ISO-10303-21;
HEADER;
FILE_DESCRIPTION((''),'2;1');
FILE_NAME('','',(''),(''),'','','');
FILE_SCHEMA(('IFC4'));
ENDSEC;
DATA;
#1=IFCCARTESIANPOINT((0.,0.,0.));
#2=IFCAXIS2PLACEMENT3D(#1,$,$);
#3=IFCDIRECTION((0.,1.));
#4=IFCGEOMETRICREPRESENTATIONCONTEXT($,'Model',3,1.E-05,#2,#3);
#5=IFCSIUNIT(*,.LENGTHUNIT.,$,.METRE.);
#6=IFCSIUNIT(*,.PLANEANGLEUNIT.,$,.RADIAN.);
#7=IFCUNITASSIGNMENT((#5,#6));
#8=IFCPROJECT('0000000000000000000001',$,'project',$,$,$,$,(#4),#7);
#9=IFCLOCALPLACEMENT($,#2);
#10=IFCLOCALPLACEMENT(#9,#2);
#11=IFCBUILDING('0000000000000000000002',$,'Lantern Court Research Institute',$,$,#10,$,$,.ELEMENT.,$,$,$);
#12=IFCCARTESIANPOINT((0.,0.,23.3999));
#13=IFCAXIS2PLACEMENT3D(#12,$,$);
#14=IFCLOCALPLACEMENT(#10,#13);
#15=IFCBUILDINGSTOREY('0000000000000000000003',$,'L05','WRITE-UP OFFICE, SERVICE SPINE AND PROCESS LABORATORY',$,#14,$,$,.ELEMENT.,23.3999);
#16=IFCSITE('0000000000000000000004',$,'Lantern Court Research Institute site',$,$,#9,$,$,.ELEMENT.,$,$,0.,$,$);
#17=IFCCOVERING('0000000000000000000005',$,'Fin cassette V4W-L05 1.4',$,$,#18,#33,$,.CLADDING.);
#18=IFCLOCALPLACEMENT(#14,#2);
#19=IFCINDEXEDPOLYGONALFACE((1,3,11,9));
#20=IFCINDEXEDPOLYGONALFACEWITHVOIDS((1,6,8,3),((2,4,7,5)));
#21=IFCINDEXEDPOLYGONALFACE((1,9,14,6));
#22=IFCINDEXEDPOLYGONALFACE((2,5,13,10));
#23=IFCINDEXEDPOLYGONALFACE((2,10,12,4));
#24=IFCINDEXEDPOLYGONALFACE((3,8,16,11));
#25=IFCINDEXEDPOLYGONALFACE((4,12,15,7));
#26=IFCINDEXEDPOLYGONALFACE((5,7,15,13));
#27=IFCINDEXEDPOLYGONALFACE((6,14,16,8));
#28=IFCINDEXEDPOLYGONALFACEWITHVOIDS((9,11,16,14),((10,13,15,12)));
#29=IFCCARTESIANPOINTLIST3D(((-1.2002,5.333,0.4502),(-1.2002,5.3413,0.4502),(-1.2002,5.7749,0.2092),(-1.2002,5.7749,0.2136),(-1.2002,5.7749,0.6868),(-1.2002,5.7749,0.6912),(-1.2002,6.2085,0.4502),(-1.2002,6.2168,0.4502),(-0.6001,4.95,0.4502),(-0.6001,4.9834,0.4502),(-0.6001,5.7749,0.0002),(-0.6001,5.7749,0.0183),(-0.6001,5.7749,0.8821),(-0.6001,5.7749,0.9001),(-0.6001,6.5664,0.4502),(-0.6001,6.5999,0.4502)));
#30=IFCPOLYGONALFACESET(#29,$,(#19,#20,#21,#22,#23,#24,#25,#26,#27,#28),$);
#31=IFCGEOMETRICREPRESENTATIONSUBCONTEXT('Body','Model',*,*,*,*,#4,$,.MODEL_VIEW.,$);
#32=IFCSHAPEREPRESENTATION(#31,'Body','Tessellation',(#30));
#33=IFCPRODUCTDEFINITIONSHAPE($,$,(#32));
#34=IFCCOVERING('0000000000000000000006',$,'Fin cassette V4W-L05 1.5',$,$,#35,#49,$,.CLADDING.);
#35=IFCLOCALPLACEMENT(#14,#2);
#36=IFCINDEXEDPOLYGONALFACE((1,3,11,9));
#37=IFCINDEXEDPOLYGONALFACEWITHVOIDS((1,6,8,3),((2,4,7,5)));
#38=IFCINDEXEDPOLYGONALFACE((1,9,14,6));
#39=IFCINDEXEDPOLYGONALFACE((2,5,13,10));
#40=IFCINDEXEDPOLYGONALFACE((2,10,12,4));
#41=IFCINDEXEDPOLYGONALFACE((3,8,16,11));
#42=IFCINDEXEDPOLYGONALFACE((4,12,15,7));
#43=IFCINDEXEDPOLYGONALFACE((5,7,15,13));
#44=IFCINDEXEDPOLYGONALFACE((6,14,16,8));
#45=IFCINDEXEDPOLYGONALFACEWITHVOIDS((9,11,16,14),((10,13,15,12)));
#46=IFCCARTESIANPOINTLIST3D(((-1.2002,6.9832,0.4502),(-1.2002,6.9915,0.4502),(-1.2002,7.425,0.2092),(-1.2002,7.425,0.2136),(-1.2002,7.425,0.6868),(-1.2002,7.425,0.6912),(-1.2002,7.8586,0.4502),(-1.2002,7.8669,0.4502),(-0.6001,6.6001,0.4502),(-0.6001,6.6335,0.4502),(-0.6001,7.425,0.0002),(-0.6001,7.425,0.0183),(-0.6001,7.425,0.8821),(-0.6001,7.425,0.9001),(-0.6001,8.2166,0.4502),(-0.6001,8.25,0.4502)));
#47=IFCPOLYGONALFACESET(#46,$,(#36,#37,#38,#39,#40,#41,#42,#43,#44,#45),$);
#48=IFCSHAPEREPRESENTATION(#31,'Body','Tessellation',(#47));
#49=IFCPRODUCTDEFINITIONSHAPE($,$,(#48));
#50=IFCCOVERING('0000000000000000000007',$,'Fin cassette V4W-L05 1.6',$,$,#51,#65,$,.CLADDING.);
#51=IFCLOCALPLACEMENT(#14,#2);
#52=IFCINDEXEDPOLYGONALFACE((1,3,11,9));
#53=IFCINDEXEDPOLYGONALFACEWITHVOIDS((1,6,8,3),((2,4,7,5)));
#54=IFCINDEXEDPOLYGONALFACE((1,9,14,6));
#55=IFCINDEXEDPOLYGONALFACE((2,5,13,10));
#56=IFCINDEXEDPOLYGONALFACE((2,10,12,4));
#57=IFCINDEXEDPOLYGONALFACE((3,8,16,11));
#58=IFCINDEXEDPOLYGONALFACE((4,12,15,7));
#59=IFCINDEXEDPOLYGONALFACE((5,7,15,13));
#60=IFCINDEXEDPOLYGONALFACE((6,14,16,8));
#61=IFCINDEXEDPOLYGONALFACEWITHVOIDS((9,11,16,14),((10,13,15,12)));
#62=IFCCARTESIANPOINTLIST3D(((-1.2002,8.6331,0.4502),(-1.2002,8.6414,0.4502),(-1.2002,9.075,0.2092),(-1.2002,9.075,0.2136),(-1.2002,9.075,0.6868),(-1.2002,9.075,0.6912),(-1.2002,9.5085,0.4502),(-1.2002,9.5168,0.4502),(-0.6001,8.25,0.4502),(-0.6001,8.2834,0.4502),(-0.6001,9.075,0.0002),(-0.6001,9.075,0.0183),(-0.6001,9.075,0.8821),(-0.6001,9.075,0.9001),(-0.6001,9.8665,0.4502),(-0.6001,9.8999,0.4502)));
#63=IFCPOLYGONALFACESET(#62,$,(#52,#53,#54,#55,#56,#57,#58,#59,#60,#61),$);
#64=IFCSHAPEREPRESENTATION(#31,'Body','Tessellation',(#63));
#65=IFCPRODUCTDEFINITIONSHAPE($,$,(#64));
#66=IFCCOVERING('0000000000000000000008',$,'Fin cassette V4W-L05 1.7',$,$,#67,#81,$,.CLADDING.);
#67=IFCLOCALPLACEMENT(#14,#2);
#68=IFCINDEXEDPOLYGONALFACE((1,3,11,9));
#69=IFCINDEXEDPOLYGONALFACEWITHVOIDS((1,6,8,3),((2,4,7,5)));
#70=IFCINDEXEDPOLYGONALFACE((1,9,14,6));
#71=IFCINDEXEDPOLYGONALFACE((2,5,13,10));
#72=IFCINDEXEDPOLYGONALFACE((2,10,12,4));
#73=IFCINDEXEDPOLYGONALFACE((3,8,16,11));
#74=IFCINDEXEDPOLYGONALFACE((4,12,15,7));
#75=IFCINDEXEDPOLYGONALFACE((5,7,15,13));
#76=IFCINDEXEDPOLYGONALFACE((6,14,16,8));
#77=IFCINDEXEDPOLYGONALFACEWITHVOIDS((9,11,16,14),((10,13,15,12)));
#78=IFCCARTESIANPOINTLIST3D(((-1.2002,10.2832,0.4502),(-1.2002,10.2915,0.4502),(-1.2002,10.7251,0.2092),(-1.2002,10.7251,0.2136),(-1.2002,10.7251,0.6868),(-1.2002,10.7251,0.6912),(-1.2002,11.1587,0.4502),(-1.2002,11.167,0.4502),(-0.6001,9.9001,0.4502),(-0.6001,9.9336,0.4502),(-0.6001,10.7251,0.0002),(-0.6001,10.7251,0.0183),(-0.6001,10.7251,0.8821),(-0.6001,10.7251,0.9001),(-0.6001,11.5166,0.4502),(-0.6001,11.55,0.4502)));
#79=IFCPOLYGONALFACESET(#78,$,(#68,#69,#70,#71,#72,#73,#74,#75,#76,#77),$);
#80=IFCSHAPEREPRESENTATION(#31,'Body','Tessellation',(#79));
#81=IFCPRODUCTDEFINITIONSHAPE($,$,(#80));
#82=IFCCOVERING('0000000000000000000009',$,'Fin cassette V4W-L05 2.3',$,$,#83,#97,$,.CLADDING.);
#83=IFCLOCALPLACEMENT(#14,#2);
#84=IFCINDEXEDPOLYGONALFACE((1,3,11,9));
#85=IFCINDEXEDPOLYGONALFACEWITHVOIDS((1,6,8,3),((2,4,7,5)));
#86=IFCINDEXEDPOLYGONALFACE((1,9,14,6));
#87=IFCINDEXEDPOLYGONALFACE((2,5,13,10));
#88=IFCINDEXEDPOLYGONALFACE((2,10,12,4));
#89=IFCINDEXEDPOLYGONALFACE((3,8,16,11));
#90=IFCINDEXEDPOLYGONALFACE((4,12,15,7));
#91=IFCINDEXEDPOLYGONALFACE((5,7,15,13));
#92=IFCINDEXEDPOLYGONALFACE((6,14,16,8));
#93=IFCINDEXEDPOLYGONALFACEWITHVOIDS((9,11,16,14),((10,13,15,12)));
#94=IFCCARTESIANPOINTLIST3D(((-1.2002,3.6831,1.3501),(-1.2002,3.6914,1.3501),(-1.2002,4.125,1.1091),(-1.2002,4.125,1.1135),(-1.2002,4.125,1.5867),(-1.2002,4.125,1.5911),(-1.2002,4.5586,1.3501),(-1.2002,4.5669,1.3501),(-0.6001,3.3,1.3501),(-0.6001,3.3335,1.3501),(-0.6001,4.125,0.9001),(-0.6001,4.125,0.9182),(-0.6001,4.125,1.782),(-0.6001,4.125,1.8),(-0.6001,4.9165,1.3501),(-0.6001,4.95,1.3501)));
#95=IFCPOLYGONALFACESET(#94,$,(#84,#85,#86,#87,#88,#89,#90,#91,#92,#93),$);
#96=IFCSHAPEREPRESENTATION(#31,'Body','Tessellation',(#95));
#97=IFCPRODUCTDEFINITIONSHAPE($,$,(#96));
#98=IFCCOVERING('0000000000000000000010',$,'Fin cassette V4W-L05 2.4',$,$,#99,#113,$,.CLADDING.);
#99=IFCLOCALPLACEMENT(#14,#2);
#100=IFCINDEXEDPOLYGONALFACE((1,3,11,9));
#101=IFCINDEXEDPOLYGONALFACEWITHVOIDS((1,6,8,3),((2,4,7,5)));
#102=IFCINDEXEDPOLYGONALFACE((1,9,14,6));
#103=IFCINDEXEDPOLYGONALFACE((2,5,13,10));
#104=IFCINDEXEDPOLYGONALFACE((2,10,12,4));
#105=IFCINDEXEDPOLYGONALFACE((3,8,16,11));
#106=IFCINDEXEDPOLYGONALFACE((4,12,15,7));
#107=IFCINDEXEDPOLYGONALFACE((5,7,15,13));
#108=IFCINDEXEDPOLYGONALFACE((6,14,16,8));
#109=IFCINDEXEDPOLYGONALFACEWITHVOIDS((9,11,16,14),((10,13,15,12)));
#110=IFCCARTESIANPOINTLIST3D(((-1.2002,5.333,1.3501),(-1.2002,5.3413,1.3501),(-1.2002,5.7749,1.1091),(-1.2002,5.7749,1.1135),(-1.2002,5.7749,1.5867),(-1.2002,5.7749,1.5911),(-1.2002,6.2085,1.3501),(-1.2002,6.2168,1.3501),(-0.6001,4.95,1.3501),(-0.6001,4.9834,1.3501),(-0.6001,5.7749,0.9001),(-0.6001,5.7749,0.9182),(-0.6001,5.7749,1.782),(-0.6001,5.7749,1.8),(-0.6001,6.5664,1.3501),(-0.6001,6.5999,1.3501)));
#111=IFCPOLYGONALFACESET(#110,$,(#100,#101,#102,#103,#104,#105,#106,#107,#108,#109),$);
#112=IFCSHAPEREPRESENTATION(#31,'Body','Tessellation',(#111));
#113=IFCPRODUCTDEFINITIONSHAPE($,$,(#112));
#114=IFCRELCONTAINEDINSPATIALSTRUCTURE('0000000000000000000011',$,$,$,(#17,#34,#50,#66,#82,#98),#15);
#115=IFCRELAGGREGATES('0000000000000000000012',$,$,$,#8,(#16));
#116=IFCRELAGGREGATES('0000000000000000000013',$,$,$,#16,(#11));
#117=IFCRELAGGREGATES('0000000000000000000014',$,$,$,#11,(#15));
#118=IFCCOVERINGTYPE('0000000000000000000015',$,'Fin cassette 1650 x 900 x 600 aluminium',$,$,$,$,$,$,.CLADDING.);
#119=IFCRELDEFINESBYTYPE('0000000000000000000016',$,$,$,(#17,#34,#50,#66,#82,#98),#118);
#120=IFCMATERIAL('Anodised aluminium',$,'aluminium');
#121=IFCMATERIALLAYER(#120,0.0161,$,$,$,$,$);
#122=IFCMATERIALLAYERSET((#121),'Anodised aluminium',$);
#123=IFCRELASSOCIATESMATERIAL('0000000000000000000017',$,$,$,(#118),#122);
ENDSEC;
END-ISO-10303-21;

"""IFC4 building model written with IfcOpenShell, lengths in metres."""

from ifc_helpers import new_model, entity, si_unit, direction, frame, origin, place, context, subcontext, project, spatial, material, layer, layer_set, type_object, element, save


model = new_model("IFC4")

# Units and contexts
model_context = context("Model", 3, precision=1e-05, world=origin(), true_north=direction((0.0, 1.0)))
body_context = subcontext(model_context, "Body", "Model", "MODEL_VIEW")
ifc_project = project(units=[si_unit("LENGTHUNIT", "METRE"), si_unit("PLANEANGLEUNIT", "RADIAN")], contexts=[model_context])

# Site, building, storey
site_placement = place(None, origin())
site = spatial("IfcSite", under=ifc_project, at=site_placement, Name="Lantern Court Research Institute site", CompositionType="ELEMENT", RefElevation=0.0)
building_placement = place(site_placement, origin())
building = spatial("IfcBuilding", under=site, at=building_placement, Name="Lantern Court Research Institute", CompositionType="ELEMENT")
storey_placement = place(building_placement, frame((0.0, 0.0, 23.3999)))
storey = spatial("IfcBuildingStorey", under=building, at=storey_placement, Name="L05", Description="WRITE-UP OFFICE, SERVICE SPINE AND PROCESS LABORATORY", CompositionType="ELEMENT", Elevation=23.3999)

# Coverings
ifc_material_1 = material(Name="Anodised aluminium", Category="aluminium")
ifc_layer_1 = layer(ifc_material_1, 0.0161)
ifc_layer_set_1 = layer_set([ifc_layer_1], Name="Anodised aluminium")
covering_type = type_object("IfcCoveringType", Name="Fin cassette 1650 x 900 x 600 aluminium", PredefinedType="CLADDING", material=ifc_layer_set_1)
covering_1_placement = place(storey_placement, frame((-0.6001, 5.7749, 0.4502), z_axis=(-1.0, 0.0, 0.0), x_axis=(0.0, -1.0, 0.0)))
cartesian_point_1 = entity("IfcCartesianPoint", [0.825, 0.0])
cartesian_point_2 = entity("IfcCartesianPoint", [0.7915, 0.0])
cartesian_point_3 = entity("IfcCartesianPoint", [0.4419, 0.0])
cartesian_point_4 = entity("IfcCartesianPoint", [0.4336, 0.0])
element("IfcCovering", 1, at=covering_1_placement, inside=storey, type_object=covering_type, Name="Fin cassette V4W-L05 1.4", PredefinedType="CLADDING", context=body_context, shape_type="SweptSolid", body=[
    entity("IfcExtrudedAreaSolidTapered", entity("IfcArbitraryProfileDefWithVoids", "AREA", None, entity("IfcPolyline", [cartesian_point_1, entity("IfcCartesianPoint", [0.0, 0.45]), entity("IfcCartesianPoint", [-0.825, 0.0]), entity("IfcCartesianPoint", [0.0, -0.45]), cartesian_point_1]), [entity("IfcPolyline", [cartesian_point_2, entity("IfcCartesianPoint", [0.0, 0.4319]), entity("IfcCartesianPoint", [-0.7915, 0.0]), entity("IfcCartesianPoint", [0.0, -0.4319]), cartesian_point_2])]), entity("IfcAxis2Placement3D", entity("IfcCartesianPoint", [0.0, 0.0, 0.0])), entity("IfcDirection", [0.0, 0.0, 1.0]), 0.6001, entity("IfcArbitraryProfileDefWithVoids", "AREA", None, entity("IfcPolyline", [cartesian_point_3, entity("IfcCartesianPoint", [0.0, 0.241]), entity("IfcCartesianPoint", [-0.4419, 0.0]), entity("IfcCartesianPoint", [0.0, -0.241]), cartesian_point_3]), [entity("IfcPolyline", [cartesian_point_4, entity("IfcCartesianPoint", [0.0, 0.2366]), entity("IfcCartesianPoint", [-0.4336, 0.0]), entity("IfcCartesianPoint", [0.0, -0.2366]), cartesian_point_4])])),
])
covering_2_placement = place(storey_placement, frame((-0.6001, 7.425, 0.4502), z_axis=(-1.0, 0.0, 0.0), x_axis=(0.0, -1.0, 0.0)))
cartesian_point_5 = entity("IfcCartesianPoint", [0.825, 0.0])
cartesian_point_6 = entity("IfcCartesianPoint", [0.7915, 0.0])
cartesian_point_7 = entity("IfcCartesianPoint", [0.4419, 0.0])
cartesian_point_8 = entity("IfcCartesianPoint", [0.4336, 0.0])
element("IfcCovering", 2, at=covering_2_placement, inside=storey, type_object=covering_type, Name="Fin cassette V4W-L05 1.5", PredefinedType="CLADDING", context=body_context, shape_type="SweptSolid", body=[
    entity("IfcExtrudedAreaSolidTapered", entity("IfcArbitraryProfileDefWithVoids", "AREA", None, entity("IfcPolyline", [cartesian_point_5, entity("IfcCartesianPoint", [0.0, 0.45]), entity("IfcCartesianPoint", [-0.825, 0.0]), entity("IfcCartesianPoint", [0.0, -0.45]), cartesian_point_5]), [entity("IfcPolyline", [cartesian_point_6, entity("IfcCartesianPoint", [0.0, 0.4319]), entity("IfcCartesianPoint", [-0.7915, 0.0]), entity("IfcCartesianPoint", [0.0, -0.4319]), cartesian_point_6])]), entity("IfcAxis2Placement3D", entity("IfcCartesianPoint", [0.0, 0.0, 0.0])), entity("IfcDirection", [0.0, 0.0, 1.0]), 0.6001, entity("IfcArbitraryProfileDefWithVoids", "AREA", None, entity("IfcPolyline", [cartesian_point_7, entity("IfcCartesianPoint", [0.0, 0.241]), entity("IfcCartesianPoint", [-0.4419, 0.0]), entity("IfcCartesianPoint", [0.0, -0.241]), cartesian_point_7]), [entity("IfcPolyline", [cartesian_point_8, entity("IfcCartesianPoint", [0.0, 0.2366]), entity("IfcCartesianPoint", [-0.4336, 0.0]), entity("IfcCartesianPoint", [0.0, -0.2366]), cartesian_point_8])])),
])
covering_3_placement = place(storey_placement, frame((-0.6001, 9.075, 0.4502), z_axis=(-1.0, 0.0, 0.0), x_axis=(0.0, -1.0, 0.0)))
cartesian_point_9 = entity("IfcCartesianPoint", [0.825, 0.0])
cartesian_point_10 = entity("IfcCartesianPoint", [0.7915, 0.0])
cartesian_point_11 = entity("IfcCartesianPoint", [0.4419, 0.0])
cartesian_point_12 = entity("IfcCartesianPoint", [0.4336, 0.0])
element("IfcCovering", 3, at=covering_3_placement, inside=storey, type_object=covering_type, Name="Fin cassette V4W-L05 1.6", PredefinedType="CLADDING", context=body_context, shape_type="SweptSolid", body=[
    entity("IfcExtrudedAreaSolidTapered", entity("IfcArbitraryProfileDefWithVoids", "AREA", None, entity("IfcPolyline", [cartesian_point_9, entity("IfcCartesianPoint", [0.0, 0.45]), entity("IfcCartesianPoint", [-0.825, 0.0]), entity("IfcCartesianPoint", [0.0, -0.45]), cartesian_point_9]), [entity("IfcPolyline", [cartesian_point_10, entity("IfcCartesianPoint", [0.0, 0.4319]), entity("IfcCartesianPoint", [-0.7915, 0.0]), entity("IfcCartesianPoint", [0.0, -0.4319]), cartesian_point_10])]), entity("IfcAxis2Placement3D", entity("IfcCartesianPoint", [0.0, 0.0, 0.0])), entity("IfcDirection", [0.0, 0.0, 1.0]), 0.6001, entity("IfcArbitraryProfileDefWithVoids", "AREA", None, entity("IfcPolyline", [cartesian_point_11, entity("IfcCartesianPoint", [0.0, 0.241]), entity("IfcCartesianPoint", [-0.4419, 0.0]), entity("IfcCartesianPoint", [0.0, -0.241]), cartesian_point_11]), [entity("IfcPolyline", [cartesian_point_12, entity("IfcCartesianPoint", [0.0, 0.2366]), entity("IfcCartesianPoint", [-0.4336, 0.0]), entity("IfcCartesianPoint", [0.0, -0.2366]), cartesian_point_12])])),
])
covering_4_placement = place(storey_placement, frame((-0.6001, 10.7251, 0.4502), z_axis=(-1.0, 0.0, 0.0), x_axis=(0.0, -1.0, 0.0)))
cartesian_point_13 = entity("IfcCartesianPoint", [0.825, 0.0])
cartesian_point_14 = entity("IfcCartesianPoint", [0.7915, 0.0])
cartesian_point_15 = entity("IfcCartesianPoint", [0.4419, 0.0])
cartesian_point_16 = entity("IfcCartesianPoint", [0.4336, 0.0])
element("IfcCovering", 4, at=covering_4_placement, inside=storey, type_object=covering_type, Name="Fin cassette V4W-L05 1.7", PredefinedType="CLADDING", context=body_context, shape_type="SweptSolid", body=[
    entity("IfcExtrudedAreaSolidTapered", entity("IfcArbitraryProfileDefWithVoids", "AREA", None, entity("IfcPolyline", [cartesian_point_13, entity("IfcCartesianPoint", [0.0, 0.45]), entity("IfcCartesianPoint", [-0.825, 0.0]), entity("IfcCartesianPoint", [0.0, -0.45]), cartesian_point_13]), [entity("IfcPolyline", [cartesian_point_14, entity("IfcCartesianPoint", [0.0, 0.4319]), entity("IfcCartesianPoint", [-0.7915, 0.0]), entity("IfcCartesianPoint", [0.0, -0.4319]), cartesian_point_14])]), entity("IfcAxis2Placement3D", entity("IfcCartesianPoint", [0.0, 0.0, 0.0])), entity("IfcDirection", [0.0, 0.0, 1.0]), 0.6001, entity("IfcArbitraryProfileDefWithVoids", "AREA", None, entity("IfcPolyline", [cartesian_point_15, entity("IfcCartesianPoint", [0.0, 0.241]), entity("IfcCartesianPoint", [-0.4419, 0.0]), entity("IfcCartesianPoint", [0.0, -0.241]), cartesian_point_15]), [entity("IfcPolyline", [cartesian_point_16, entity("IfcCartesianPoint", [0.0, 0.2366]), entity("IfcCartesianPoint", [-0.4336, 0.0]), entity("IfcCartesianPoint", [0.0, -0.2366]), cartesian_point_16])])),
])
covering_5_placement = place(storey_placement, frame((-0.6001, 4.125, 1.3501), z_axis=(-1.0, 0.0, 0.0), x_axis=(0.0, -1.0, 0.0)))
cartesian_point_17 = entity("IfcCartesianPoint", [0.825, 0.0])
cartesian_point_18 = entity("IfcCartesianPoint", [0.7915, 0.0])
cartesian_point_19 = entity("IfcCartesianPoint", [0.4419, 0.0])
cartesian_point_20 = entity("IfcCartesianPoint", [0.4336, 0.0])
element("IfcCovering", 5, at=covering_5_placement, inside=storey, type_object=covering_type, Name="Fin cassette V4W-L05 2.3", PredefinedType="CLADDING", context=body_context, shape_type="SweptSolid", body=[
    entity("IfcExtrudedAreaSolidTapered", entity("IfcArbitraryProfileDefWithVoids", "AREA", None, entity("IfcPolyline", [cartesian_point_17, entity("IfcCartesianPoint", [0.0, 0.45]), entity("IfcCartesianPoint", [-0.825, 0.0]), entity("IfcCartesianPoint", [0.0, -0.45]), cartesian_point_17]), [entity("IfcPolyline", [cartesian_point_18, entity("IfcCartesianPoint", [0.0, 0.4319]), entity("IfcCartesianPoint", [-0.7915, 0.0]), entity("IfcCartesianPoint", [0.0, -0.4319]), cartesian_point_18])]), entity("IfcAxis2Placement3D", entity("IfcCartesianPoint", [0.0, 0.0, 0.0])), entity("IfcDirection", [0.0, 0.0, 1.0]), 0.6001, entity("IfcArbitraryProfileDefWithVoids", "AREA", None, entity("IfcPolyline", [cartesian_point_19, entity("IfcCartesianPoint", [0.0, 0.241]), entity("IfcCartesianPoint", [-0.4419, 0.0]), entity("IfcCartesianPoint", [0.0, -0.241]), cartesian_point_19]), [entity("IfcPolyline", [cartesian_point_20, entity("IfcCartesianPoint", [0.0, 0.2366]), entity("IfcCartesianPoint", [-0.4336, 0.0]), entity("IfcCartesianPoint", [0.0, -0.2366]), cartesian_point_20])])),
])
covering_6_placement = place(storey_placement, frame((-0.6001, 5.7749, 1.3501), z_axis=(-1.0, 0.0, 0.0), x_axis=(0.0, -1.0, 0.0)))
cartesian_point_21 = entity("IfcCartesianPoint", [0.825, 0.0])
cartesian_point_22 = entity("IfcCartesianPoint", [0.7915, 0.0])
cartesian_point_23 = entity("IfcCartesianPoint", [0.4419, 0.0])
cartesian_point_24 = entity("IfcCartesianPoint", [0.4336, 0.0])
element("IfcCovering", 6, at=covering_6_placement, inside=storey, type_object=covering_type, Name="Fin cassette V4W-L05 2.4", PredefinedType="CLADDING", context=body_context, shape_type="SweptSolid", body=[
    entity("IfcExtrudedAreaSolidTapered", entity("IfcArbitraryProfileDefWithVoids", "AREA", None, entity("IfcPolyline", [cartesian_point_21, entity("IfcCartesianPoint", [0.0, 0.45]), entity("IfcCartesianPoint", [-0.825, 0.0]), entity("IfcCartesianPoint", [0.0, -0.45]), cartesian_point_21]), [entity("IfcPolyline", [cartesian_point_22, entity("IfcCartesianPoint", [0.0, 0.4319]), entity("IfcCartesianPoint", [-0.7915, 0.0]), entity("IfcCartesianPoint", [0.0, -0.4319]), cartesian_point_22])]), entity("IfcAxis2Placement3D", entity("IfcCartesianPoint", [0.0, 0.0, 0.0])), entity("IfcDirection", [0.0, 0.0, 1.0]), 0.6001, entity("IfcArbitraryProfileDefWithVoids", "AREA", None, entity("IfcPolyline", [cartesian_point_23, entity("IfcCartesianPoint", [0.0, 0.241]), entity("IfcCartesianPoint", [-0.4419, 0.0]), entity("IfcCartesianPoint", [0.0, -0.241]), cartesian_point_23]), [entity("IfcPolyline", [cartesian_point_24, entity("IfcCartesianPoint", [0.0, 0.2366]), entity("IfcCartesianPoint", [-0.4336, 0.0]), entity("IfcCartesianPoint", [0.0, -0.2366]), cartesian_point_24])])),
])

save(model, "model.ifc")
